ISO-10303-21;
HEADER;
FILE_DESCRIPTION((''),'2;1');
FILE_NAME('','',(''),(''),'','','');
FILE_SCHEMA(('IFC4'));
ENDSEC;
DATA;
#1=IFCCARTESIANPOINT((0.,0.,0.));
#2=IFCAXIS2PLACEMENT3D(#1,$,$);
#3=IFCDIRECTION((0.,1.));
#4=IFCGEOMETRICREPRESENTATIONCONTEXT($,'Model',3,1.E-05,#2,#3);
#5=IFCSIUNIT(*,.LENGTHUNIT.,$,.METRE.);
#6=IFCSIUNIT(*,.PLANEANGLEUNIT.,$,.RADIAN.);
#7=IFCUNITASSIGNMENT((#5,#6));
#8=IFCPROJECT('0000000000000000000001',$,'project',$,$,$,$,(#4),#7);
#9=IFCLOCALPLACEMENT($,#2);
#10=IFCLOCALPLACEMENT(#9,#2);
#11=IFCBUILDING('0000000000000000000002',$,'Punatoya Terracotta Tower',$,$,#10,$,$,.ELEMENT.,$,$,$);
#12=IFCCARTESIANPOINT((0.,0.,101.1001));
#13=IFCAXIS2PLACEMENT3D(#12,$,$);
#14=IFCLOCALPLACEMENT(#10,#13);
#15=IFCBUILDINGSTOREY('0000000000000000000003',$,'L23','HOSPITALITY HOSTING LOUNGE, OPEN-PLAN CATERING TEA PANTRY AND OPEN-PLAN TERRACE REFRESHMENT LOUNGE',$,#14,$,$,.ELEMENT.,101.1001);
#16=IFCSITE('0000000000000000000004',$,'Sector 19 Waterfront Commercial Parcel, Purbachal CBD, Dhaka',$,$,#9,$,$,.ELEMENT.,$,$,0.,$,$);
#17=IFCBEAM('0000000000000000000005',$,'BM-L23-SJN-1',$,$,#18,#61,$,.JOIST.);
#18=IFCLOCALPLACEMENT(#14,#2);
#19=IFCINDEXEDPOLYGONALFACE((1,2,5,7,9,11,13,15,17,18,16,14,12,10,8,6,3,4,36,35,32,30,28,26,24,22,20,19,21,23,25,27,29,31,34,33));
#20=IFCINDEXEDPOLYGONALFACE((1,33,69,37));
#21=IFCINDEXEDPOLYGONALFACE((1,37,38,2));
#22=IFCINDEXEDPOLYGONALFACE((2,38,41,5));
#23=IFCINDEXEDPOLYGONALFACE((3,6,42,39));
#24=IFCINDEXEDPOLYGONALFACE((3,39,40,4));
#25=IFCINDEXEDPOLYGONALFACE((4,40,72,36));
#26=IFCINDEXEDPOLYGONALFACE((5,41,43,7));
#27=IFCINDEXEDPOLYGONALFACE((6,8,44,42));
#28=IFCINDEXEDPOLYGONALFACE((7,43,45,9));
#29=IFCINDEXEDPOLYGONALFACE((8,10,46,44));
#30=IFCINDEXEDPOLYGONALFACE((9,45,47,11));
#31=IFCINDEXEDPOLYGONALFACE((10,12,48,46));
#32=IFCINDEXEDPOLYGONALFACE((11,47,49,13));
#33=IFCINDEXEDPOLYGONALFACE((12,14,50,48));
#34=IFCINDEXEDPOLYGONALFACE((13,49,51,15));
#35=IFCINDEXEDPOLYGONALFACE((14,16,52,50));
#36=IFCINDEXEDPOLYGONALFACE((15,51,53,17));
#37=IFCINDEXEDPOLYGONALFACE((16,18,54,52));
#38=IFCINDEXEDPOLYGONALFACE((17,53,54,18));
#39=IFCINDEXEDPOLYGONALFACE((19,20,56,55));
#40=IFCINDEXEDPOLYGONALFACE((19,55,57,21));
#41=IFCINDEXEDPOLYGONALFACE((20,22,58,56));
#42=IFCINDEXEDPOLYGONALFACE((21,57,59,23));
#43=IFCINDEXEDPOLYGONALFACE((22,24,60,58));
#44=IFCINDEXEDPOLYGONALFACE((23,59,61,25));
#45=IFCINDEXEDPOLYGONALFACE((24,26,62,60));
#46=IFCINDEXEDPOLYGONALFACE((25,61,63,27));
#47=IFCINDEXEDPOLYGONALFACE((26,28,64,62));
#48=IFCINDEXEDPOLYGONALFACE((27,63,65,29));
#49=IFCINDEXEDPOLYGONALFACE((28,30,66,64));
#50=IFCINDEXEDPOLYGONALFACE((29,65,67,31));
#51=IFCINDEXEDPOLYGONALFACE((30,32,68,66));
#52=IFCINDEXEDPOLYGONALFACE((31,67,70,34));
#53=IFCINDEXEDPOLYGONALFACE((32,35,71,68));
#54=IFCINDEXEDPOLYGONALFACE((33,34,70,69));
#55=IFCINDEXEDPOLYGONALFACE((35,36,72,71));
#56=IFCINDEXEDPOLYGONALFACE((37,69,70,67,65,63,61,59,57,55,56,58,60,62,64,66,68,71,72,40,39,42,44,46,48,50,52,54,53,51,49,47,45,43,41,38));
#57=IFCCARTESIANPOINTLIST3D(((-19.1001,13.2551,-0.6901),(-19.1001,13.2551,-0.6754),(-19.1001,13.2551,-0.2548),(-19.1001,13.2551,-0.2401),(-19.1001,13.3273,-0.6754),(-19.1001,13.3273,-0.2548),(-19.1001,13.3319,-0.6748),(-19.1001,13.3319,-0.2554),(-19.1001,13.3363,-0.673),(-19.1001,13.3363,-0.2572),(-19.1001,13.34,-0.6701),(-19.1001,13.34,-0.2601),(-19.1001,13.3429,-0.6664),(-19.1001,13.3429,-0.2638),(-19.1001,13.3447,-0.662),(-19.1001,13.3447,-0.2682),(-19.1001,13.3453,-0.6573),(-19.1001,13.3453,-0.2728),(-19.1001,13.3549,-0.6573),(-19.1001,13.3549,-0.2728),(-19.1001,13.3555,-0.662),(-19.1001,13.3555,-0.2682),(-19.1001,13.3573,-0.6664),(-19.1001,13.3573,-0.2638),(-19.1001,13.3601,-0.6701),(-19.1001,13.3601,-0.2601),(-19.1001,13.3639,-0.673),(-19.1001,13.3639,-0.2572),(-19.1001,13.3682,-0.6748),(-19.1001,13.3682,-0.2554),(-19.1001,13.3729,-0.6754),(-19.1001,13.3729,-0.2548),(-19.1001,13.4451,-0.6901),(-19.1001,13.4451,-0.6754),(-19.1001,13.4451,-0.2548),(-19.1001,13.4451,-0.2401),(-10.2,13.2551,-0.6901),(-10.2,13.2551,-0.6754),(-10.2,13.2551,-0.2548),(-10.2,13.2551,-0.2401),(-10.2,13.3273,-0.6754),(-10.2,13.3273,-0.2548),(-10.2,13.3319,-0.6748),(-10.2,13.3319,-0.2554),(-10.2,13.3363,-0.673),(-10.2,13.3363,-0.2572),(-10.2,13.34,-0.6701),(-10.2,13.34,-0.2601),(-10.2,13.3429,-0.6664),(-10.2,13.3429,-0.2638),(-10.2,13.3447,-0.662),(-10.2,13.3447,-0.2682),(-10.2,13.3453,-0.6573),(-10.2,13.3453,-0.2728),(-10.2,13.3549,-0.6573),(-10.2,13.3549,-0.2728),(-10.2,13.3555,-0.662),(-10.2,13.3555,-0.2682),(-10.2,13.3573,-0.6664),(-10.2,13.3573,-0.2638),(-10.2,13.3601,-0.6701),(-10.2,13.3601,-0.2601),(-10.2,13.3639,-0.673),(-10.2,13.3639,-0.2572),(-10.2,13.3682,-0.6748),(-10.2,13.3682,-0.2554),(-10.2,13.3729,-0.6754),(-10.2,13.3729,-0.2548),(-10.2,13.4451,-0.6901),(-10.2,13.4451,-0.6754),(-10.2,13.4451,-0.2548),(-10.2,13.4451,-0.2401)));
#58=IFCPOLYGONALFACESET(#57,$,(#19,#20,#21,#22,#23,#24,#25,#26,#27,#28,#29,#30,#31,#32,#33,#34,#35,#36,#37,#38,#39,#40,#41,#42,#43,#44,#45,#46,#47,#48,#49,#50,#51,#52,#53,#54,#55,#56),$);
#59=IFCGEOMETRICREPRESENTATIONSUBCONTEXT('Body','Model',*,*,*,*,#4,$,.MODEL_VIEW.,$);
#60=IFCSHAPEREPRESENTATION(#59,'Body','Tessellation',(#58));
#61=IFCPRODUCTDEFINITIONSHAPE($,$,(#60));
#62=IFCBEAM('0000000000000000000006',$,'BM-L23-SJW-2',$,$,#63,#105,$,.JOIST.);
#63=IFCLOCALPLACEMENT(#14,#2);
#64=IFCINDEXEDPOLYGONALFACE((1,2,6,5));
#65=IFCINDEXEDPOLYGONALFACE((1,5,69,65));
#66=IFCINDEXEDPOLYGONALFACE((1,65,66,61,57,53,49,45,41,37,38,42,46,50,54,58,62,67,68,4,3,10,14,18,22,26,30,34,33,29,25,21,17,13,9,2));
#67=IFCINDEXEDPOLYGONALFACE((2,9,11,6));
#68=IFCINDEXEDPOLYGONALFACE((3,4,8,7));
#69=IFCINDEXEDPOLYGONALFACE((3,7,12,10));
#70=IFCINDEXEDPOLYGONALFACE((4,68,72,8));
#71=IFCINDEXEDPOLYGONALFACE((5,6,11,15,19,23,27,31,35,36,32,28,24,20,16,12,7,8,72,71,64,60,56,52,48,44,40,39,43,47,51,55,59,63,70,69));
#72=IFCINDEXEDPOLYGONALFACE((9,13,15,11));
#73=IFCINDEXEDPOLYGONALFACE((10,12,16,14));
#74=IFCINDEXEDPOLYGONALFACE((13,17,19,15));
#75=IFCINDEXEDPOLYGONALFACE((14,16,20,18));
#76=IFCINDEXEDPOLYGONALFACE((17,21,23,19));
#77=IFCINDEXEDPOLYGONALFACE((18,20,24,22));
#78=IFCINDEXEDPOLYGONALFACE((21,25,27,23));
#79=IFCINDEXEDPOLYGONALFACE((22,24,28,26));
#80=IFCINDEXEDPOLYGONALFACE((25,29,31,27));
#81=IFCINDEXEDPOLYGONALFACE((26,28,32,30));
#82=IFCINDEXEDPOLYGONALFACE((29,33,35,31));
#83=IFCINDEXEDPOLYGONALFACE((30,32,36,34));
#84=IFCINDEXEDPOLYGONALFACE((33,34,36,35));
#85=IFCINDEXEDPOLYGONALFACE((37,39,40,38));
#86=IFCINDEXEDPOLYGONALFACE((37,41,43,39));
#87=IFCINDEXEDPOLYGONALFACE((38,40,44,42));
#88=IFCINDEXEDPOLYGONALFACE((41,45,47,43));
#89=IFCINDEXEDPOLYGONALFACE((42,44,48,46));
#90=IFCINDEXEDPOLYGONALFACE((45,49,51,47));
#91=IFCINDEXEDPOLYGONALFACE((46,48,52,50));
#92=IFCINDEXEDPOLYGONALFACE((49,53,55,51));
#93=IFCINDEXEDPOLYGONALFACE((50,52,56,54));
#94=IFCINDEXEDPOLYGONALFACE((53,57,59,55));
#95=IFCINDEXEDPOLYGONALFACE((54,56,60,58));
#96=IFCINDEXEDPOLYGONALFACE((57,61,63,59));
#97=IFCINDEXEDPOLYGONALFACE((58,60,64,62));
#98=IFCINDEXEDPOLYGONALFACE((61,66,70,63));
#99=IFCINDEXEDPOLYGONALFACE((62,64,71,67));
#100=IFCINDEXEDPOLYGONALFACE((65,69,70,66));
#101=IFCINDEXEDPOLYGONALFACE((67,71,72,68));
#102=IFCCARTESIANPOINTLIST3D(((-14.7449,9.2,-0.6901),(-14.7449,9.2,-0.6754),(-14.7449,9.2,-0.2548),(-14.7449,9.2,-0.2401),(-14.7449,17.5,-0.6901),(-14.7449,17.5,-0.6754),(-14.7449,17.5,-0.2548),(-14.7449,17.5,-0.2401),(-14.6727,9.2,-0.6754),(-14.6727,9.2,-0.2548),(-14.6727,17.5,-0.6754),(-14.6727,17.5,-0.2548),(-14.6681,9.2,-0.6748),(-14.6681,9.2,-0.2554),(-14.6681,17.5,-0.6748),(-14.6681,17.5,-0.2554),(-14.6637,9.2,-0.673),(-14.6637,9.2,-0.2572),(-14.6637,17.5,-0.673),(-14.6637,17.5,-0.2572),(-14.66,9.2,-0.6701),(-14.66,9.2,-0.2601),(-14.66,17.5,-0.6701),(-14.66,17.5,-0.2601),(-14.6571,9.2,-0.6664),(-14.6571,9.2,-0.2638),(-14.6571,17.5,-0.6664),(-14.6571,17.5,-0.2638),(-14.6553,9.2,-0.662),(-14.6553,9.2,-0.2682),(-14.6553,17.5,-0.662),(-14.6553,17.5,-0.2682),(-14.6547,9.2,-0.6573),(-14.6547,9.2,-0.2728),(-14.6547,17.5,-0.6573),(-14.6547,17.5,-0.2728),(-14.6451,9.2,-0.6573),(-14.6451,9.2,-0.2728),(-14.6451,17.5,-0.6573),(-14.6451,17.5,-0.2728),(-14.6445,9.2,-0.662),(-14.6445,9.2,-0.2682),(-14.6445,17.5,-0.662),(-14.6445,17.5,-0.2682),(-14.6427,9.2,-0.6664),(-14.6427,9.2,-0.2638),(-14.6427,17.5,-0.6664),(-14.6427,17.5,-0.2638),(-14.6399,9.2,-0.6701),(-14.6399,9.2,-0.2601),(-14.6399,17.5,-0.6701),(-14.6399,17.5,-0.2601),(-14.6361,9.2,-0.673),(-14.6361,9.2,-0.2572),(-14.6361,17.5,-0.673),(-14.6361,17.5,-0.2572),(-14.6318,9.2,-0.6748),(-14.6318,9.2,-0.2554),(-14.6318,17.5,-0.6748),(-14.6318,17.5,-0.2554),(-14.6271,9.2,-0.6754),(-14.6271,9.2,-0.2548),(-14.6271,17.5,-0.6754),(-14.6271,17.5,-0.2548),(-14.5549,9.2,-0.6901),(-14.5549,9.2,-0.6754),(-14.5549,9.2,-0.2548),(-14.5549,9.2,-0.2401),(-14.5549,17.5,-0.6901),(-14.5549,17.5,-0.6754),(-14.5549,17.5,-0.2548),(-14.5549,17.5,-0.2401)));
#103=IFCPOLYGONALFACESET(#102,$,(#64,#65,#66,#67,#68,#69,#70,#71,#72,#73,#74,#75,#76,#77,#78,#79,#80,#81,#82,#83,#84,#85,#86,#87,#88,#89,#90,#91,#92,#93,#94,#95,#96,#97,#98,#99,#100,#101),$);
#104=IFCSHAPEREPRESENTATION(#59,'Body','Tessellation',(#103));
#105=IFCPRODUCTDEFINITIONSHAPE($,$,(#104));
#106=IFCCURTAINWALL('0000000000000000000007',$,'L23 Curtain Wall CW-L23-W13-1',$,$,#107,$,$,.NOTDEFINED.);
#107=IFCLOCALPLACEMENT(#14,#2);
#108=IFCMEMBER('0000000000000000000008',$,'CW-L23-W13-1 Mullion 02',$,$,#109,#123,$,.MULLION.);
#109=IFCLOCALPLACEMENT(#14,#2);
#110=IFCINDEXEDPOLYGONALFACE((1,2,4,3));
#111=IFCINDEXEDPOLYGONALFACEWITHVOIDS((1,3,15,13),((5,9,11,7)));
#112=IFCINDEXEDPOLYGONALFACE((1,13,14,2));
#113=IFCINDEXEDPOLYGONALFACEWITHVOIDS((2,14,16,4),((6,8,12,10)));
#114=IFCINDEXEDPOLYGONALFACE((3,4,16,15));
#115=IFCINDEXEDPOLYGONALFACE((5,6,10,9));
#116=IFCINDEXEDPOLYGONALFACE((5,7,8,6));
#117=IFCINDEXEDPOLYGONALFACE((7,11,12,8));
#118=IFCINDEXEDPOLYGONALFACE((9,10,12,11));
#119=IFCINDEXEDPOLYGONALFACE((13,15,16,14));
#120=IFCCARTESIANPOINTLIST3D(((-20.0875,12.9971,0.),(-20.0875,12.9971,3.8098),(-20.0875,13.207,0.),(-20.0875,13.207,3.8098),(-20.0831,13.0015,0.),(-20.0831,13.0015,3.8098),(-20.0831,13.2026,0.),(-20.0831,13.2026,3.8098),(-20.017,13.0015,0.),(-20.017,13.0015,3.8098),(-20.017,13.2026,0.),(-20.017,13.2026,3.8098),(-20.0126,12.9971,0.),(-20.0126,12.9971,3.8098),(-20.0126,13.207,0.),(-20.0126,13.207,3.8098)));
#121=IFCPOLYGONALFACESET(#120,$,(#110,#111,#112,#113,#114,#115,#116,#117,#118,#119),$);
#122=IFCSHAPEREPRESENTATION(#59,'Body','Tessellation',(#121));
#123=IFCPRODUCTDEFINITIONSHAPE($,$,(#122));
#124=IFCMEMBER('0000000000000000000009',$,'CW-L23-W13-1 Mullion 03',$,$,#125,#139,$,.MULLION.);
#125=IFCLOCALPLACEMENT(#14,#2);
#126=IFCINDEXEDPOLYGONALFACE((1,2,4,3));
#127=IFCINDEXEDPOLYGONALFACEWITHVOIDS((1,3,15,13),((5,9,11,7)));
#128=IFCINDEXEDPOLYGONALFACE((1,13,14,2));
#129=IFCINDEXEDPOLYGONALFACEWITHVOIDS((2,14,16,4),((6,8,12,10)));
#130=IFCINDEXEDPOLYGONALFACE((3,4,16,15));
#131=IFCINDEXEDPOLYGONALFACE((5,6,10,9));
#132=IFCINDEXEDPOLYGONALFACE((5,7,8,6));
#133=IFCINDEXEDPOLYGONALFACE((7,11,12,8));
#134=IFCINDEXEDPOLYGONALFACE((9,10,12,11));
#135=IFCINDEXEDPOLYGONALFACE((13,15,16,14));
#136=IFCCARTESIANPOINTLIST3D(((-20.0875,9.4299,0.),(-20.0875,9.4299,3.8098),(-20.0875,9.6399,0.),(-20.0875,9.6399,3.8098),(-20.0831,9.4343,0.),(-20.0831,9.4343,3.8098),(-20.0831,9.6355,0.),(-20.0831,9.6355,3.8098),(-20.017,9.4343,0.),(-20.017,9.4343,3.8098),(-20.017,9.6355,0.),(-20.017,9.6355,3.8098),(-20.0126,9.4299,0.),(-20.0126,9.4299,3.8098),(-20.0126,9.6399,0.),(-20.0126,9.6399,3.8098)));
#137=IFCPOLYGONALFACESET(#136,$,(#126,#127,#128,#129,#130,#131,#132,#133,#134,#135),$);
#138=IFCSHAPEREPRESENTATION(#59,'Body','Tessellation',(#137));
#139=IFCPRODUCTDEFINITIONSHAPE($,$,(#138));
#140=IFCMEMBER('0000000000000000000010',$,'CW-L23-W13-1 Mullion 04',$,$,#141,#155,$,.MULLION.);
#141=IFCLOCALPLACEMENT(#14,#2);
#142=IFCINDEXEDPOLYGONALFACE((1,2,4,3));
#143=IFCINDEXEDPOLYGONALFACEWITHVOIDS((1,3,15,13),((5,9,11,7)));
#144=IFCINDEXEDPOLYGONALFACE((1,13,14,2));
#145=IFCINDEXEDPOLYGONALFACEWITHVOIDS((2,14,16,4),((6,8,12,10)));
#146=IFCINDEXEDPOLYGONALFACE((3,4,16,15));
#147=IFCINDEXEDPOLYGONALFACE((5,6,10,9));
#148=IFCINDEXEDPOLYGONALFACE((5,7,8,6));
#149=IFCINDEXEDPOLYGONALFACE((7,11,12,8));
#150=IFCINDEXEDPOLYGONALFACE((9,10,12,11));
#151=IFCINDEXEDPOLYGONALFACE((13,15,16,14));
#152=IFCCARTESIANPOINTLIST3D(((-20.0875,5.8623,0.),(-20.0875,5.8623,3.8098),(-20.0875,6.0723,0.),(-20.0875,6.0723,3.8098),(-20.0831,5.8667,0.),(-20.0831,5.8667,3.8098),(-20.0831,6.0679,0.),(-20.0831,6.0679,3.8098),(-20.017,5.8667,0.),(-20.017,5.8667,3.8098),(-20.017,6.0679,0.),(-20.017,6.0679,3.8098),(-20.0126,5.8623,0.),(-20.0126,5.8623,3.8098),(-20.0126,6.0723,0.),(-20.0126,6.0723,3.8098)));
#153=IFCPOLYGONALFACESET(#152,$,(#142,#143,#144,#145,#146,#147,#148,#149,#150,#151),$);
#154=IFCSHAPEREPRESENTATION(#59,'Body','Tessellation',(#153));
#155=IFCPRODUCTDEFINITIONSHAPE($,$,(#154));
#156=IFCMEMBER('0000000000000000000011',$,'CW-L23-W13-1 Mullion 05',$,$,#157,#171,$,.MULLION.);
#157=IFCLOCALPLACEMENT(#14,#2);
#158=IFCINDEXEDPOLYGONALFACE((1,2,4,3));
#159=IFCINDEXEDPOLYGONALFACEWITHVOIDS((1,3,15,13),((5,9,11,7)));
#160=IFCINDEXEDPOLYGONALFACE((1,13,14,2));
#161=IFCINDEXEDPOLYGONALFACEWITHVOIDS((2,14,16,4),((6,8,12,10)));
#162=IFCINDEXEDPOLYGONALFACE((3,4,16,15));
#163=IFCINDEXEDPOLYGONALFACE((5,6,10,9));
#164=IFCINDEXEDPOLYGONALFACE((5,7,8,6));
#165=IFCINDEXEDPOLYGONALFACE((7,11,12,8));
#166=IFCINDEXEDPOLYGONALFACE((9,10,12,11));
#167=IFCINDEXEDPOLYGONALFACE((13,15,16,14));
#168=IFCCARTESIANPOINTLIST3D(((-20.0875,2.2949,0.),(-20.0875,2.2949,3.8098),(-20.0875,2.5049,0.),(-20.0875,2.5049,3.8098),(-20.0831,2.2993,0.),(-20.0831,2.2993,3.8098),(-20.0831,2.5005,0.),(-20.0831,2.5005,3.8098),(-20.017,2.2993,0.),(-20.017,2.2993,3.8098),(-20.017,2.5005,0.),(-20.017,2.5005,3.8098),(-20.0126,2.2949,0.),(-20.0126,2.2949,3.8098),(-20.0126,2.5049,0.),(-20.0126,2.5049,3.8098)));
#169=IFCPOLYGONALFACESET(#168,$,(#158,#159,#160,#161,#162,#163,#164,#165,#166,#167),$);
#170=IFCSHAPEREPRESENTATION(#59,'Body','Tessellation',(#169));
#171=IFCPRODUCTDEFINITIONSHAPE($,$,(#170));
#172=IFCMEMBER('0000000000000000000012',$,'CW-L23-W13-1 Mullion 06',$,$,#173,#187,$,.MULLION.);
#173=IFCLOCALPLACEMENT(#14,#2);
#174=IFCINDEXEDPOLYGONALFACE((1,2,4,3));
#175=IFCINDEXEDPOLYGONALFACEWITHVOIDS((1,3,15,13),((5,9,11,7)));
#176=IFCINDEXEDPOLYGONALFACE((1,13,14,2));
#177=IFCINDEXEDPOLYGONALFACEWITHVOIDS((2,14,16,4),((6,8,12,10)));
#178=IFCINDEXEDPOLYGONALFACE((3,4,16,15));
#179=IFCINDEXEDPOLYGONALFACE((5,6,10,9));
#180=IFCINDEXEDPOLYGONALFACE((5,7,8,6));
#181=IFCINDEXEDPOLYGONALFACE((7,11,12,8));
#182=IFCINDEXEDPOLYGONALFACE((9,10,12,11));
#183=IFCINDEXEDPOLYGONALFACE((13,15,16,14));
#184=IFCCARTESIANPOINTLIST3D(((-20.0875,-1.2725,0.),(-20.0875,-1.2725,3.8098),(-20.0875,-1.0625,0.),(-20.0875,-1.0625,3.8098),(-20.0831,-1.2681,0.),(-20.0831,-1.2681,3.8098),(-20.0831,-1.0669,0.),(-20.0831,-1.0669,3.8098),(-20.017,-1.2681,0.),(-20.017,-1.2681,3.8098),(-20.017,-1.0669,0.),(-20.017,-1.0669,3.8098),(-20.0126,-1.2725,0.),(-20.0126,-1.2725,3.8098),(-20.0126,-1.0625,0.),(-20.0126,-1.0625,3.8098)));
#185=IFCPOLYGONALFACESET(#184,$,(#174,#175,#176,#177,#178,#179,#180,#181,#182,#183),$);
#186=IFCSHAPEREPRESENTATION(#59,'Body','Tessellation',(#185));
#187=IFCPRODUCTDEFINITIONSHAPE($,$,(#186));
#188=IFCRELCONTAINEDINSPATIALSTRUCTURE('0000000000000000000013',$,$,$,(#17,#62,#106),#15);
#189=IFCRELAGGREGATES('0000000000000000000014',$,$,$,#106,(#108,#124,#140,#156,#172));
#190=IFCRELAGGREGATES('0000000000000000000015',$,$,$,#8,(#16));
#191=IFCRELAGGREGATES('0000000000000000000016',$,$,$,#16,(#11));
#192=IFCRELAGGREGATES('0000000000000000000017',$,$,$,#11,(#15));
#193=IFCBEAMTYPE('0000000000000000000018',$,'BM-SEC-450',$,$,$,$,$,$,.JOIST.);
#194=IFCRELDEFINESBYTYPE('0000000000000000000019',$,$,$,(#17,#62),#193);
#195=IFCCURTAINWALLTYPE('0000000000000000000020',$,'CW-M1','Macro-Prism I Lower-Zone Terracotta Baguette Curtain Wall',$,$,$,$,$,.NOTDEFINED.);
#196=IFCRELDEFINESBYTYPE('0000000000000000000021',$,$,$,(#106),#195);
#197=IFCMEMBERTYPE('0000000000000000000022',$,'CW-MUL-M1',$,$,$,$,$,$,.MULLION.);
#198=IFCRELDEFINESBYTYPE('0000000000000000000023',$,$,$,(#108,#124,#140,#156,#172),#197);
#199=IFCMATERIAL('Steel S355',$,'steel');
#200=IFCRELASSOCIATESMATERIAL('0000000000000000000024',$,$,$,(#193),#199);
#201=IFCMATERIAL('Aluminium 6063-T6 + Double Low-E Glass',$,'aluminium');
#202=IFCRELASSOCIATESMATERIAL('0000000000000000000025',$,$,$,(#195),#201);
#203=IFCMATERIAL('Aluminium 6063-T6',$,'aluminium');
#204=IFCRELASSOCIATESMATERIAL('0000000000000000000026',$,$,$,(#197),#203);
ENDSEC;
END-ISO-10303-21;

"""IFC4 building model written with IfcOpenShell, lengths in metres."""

from ifc_helpers import new_model, si_unit, direction, frame, origin, origin_2d, place, context, subcontext, project, spatial, hollow_rectangle, i_section, extrude, material, material_profile, profile_set, type_object, element, aggregate, save


model = new_model("IFC4")

# Units and contexts
model_context = context("Model", 3, precision=1e-05, world=origin(), true_north=direction((0.0, 1.0)))
body_context = subcontext(model_context, "Body", "Model", "MODEL_VIEW")
ifc_project = project(units=[si_unit("LENGTHUNIT", "METRE"), si_unit("PLANEANGLEUNIT", "RADIAN")], contexts=[model_context])

# Site, building, storey
site_placement = place(None, origin())
site = spatial("IfcSite", under=ifc_project, at=site_placement, Name="Sector 19 Waterfront Commercial Parcel, Purbachal CBD, Dhaka", CompositionType="ELEMENT", RefElevation=0.0)
building_placement = place(site_placement, origin())
building = spatial("IfcBuilding", under=site, at=building_placement, Name="Punatoya Terracotta Tower", CompositionType="ELEMENT")
storey_placement = place(building_placement, frame((0.0, 0.0, 101.1001)))
storey = spatial("IfcBuildingStorey", under=building, at=storey_placement, Name="L23", Description="HOSPITALITY HOSTING LOUNGE, OPEN-PLAN CATERING TEA PANTRY AND OPEN-PLAN TERRACE REFRESHMENT LOUNGE", CompositionType="ELEMENT", Elevation=101.1001)

# Beams
ifc_material_1 = material(Name="Steel S355", Category="steel")
ifc_material_profile_1 = material_profile(ifc_material_1, i_section(OverallWidth=0.1899, OverallDepth=0.45, WebThickness=0.0095, FlangeThickness=0.0146, FilletRadius=0.0181, at=origin_2d()))
ifc_profile_set_1 = profile_set([ifc_material_profile_1], Name="Steel S355")
beam_type_1 = type_object("IfcBeamType", Name="BM-SEC-450", PredefinedType="JOIST", material=ifc_profile_set_1)
beam_1_placement = place(storey_placement, frame((-19.1001, 13.3501, -0.4651), z_axis=(1.0, 0.0, 0.0), x_axis=(0.0, 1.0, 0.0)))
element("IfcBeam", 1, at=beam_1_placement, inside=storey, type_object=beam_type_1, Name="BM-L23-SJN-1", PredefinedType="JOIST", context=body_context, shape_type="SweptSolid", body=[
    extrude(i_section(OverallWidth=0.1899, OverallDepth=0.45, WebThickness=0.0095, FlangeThickness=0.0146, FilletRadius=0.0181, at=origin_2d()), origin(), (0.0, 0.0, 1.0), 8.9001),
])
beam_2_placement = place(storey_placement, frame((-14.6499, 9.2, -0.4651), z_axis=(0.0, 1.0, 0.0), x_axis=(-1.0, 0.0, 0.0)))
element("IfcBeam", 2, at=beam_2_placement, inside=storey, type_object=beam_type_1, Name="BM-L23-SJW-2", PredefinedType="JOIST", context=body_context, shape_type="SweptSolid", body=[
    extrude(i_section(OverallWidth=0.1899, OverallDepth=0.45, WebThickness=0.0095, FlangeThickness=0.0146, FilletRadius=0.0181, at=origin_2d()), origin(), (0.0, 0.0, 1.0), 8.3),
])

# Curtain wall, members
ifc_material_2 = material(Name="Aluminium 6063-T6 + Double Low-E Glass", Category="aluminium")
curtain_wall_type = type_object("IfcCurtainWallType", Name="CW-M1", Description="Macro-Prism I Lower-Zone Terracotta Baguette Curtain Wall", PredefinedType="NOTDEFINED", material=ifc_material_2)
curtain_wall_placement = place(storey_placement, origin())
curtain_wall = element("IfcCurtainWall", 3, at=curtain_wall_placement, inside=storey, type_object=curtain_wall_type, Name="L23 Curtain Wall CW-L23-W13-1", PredefinedType="NOTDEFINED")
ifc_material_3 = material(Name="Aluminium 6063-T6", Category="aluminium")
ifc_material_profile_2 = material_profile(ifc_material_3, hollow_rectangle(XDim=0.075, YDim=0.21, WallThickness=0.0044, at=origin_2d()))
ifc_profile_set_2 = profile_set([ifc_material_profile_2], Name="Aluminium 6063-T6")
member_type = type_object("IfcMemberType", Name="CW-MUL-M1", PredefinedType="MULLION", material=ifc_profile_set_2)
member_1_placement = place(storey_placement, frame((-20.05, 13.1021, 0.0), z_axis=(0.0, 0.0, 1.0), x_axis=(1.0, 0.0, 0.0)))
member_1 = element("IfcMember", 4, at=member_1_placement, type_object=member_type, Name="CW-L23-W13-1 Mullion 02", PredefinedType="MULLION", context=body_context, shape_type="SweptSolid", body=[
    extrude(hollow_rectangle(XDim=0.075, YDim=0.21, WallThickness=0.0044, at=origin_2d()), origin(), (0.0, 0.0, 1.0), 3.8098),
])
member_2_placement = place(storey_placement, frame((-20.05, 9.5349, 0.0), z_axis=(0.0, 0.0, 1.0), x_axis=(1.0, 0.0, 0.0)))
member_2 = element("IfcMember", 5, at=member_2_placement, type_object=member_type, Name="CW-L23-W13-1 Mullion 03", PredefinedType="MULLION", context=body_context, shape_type="SweptSolid", body=[
    extrude(hollow_rectangle(XDim=0.075, YDim=0.21, WallThickness=0.0044, at=origin_2d()), origin(), (0.0, 0.0, 1.0), 3.8098),
])
member_3_placement = place(storey_placement, frame((-20.05, 5.9673, 0.0), z_axis=(0.0, 0.0, 1.0), x_axis=(1.0, 0.0, 0.0)))
member_3 = element("IfcMember", 6, at=member_3_placement, type_object=member_type, Name="CW-L23-W13-1 Mullion 04", PredefinedType="MULLION", context=body_context, shape_type="SweptSolid", body=[
    extrude(hollow_rectangle(XDim=0.075, YDim=0.21, WallThickness=0.0044, at=origin_2d()), origin(), (0.0, 0.0, 1.0), 3.8098),
])
member_4_placement = place(storey_placement, frame((-20.05, 2.3999, 0.0), z_axis=(0.0, 0.0, 1.0), x_axis=(1.0, 0.0, 0.0)))
member_4 = element("IfcMember", 7, at=member_4_placement, type_object=member_type, Name="CW-L23-W13-1 Mullion 05", PredefinedType="MULLION", context=body_context, shape_type="SweptSolid", body=[
    extrude(hollow_rectangle(XDim=0.075, YDim=0.21, WallThickness=0.0044, at=origin_2d()), origin(), (0.0, 0.0, 1.0), 3.8098),
])
member_5_placement = place(storey_placement, frame((-20.05, -1.1675, 0.0), z_axis=(0.0, 0.0, 1.0), x_axis=(1.0, 0.0, 0.0)))
member_5 = element("IfcMember", 8, at=member_5_placement, type_object=member_type, Name="CW-L23-W13-1 Mullion 06", PredefinedType="MULLION", context=body_context, shape_type="SweptSolid", body=[
    extrude(hollow_rectangle(XDim=0.075, YDim=0.21, WallThickness=0.0044, at=origin_2d()), origin(), (0.0, 0.0, 1.0), 3.8098),
])
aggregate(curtain_wall, [member_1, member_2, member_3, member_4, member_5])

save(model, "model.ifc")
